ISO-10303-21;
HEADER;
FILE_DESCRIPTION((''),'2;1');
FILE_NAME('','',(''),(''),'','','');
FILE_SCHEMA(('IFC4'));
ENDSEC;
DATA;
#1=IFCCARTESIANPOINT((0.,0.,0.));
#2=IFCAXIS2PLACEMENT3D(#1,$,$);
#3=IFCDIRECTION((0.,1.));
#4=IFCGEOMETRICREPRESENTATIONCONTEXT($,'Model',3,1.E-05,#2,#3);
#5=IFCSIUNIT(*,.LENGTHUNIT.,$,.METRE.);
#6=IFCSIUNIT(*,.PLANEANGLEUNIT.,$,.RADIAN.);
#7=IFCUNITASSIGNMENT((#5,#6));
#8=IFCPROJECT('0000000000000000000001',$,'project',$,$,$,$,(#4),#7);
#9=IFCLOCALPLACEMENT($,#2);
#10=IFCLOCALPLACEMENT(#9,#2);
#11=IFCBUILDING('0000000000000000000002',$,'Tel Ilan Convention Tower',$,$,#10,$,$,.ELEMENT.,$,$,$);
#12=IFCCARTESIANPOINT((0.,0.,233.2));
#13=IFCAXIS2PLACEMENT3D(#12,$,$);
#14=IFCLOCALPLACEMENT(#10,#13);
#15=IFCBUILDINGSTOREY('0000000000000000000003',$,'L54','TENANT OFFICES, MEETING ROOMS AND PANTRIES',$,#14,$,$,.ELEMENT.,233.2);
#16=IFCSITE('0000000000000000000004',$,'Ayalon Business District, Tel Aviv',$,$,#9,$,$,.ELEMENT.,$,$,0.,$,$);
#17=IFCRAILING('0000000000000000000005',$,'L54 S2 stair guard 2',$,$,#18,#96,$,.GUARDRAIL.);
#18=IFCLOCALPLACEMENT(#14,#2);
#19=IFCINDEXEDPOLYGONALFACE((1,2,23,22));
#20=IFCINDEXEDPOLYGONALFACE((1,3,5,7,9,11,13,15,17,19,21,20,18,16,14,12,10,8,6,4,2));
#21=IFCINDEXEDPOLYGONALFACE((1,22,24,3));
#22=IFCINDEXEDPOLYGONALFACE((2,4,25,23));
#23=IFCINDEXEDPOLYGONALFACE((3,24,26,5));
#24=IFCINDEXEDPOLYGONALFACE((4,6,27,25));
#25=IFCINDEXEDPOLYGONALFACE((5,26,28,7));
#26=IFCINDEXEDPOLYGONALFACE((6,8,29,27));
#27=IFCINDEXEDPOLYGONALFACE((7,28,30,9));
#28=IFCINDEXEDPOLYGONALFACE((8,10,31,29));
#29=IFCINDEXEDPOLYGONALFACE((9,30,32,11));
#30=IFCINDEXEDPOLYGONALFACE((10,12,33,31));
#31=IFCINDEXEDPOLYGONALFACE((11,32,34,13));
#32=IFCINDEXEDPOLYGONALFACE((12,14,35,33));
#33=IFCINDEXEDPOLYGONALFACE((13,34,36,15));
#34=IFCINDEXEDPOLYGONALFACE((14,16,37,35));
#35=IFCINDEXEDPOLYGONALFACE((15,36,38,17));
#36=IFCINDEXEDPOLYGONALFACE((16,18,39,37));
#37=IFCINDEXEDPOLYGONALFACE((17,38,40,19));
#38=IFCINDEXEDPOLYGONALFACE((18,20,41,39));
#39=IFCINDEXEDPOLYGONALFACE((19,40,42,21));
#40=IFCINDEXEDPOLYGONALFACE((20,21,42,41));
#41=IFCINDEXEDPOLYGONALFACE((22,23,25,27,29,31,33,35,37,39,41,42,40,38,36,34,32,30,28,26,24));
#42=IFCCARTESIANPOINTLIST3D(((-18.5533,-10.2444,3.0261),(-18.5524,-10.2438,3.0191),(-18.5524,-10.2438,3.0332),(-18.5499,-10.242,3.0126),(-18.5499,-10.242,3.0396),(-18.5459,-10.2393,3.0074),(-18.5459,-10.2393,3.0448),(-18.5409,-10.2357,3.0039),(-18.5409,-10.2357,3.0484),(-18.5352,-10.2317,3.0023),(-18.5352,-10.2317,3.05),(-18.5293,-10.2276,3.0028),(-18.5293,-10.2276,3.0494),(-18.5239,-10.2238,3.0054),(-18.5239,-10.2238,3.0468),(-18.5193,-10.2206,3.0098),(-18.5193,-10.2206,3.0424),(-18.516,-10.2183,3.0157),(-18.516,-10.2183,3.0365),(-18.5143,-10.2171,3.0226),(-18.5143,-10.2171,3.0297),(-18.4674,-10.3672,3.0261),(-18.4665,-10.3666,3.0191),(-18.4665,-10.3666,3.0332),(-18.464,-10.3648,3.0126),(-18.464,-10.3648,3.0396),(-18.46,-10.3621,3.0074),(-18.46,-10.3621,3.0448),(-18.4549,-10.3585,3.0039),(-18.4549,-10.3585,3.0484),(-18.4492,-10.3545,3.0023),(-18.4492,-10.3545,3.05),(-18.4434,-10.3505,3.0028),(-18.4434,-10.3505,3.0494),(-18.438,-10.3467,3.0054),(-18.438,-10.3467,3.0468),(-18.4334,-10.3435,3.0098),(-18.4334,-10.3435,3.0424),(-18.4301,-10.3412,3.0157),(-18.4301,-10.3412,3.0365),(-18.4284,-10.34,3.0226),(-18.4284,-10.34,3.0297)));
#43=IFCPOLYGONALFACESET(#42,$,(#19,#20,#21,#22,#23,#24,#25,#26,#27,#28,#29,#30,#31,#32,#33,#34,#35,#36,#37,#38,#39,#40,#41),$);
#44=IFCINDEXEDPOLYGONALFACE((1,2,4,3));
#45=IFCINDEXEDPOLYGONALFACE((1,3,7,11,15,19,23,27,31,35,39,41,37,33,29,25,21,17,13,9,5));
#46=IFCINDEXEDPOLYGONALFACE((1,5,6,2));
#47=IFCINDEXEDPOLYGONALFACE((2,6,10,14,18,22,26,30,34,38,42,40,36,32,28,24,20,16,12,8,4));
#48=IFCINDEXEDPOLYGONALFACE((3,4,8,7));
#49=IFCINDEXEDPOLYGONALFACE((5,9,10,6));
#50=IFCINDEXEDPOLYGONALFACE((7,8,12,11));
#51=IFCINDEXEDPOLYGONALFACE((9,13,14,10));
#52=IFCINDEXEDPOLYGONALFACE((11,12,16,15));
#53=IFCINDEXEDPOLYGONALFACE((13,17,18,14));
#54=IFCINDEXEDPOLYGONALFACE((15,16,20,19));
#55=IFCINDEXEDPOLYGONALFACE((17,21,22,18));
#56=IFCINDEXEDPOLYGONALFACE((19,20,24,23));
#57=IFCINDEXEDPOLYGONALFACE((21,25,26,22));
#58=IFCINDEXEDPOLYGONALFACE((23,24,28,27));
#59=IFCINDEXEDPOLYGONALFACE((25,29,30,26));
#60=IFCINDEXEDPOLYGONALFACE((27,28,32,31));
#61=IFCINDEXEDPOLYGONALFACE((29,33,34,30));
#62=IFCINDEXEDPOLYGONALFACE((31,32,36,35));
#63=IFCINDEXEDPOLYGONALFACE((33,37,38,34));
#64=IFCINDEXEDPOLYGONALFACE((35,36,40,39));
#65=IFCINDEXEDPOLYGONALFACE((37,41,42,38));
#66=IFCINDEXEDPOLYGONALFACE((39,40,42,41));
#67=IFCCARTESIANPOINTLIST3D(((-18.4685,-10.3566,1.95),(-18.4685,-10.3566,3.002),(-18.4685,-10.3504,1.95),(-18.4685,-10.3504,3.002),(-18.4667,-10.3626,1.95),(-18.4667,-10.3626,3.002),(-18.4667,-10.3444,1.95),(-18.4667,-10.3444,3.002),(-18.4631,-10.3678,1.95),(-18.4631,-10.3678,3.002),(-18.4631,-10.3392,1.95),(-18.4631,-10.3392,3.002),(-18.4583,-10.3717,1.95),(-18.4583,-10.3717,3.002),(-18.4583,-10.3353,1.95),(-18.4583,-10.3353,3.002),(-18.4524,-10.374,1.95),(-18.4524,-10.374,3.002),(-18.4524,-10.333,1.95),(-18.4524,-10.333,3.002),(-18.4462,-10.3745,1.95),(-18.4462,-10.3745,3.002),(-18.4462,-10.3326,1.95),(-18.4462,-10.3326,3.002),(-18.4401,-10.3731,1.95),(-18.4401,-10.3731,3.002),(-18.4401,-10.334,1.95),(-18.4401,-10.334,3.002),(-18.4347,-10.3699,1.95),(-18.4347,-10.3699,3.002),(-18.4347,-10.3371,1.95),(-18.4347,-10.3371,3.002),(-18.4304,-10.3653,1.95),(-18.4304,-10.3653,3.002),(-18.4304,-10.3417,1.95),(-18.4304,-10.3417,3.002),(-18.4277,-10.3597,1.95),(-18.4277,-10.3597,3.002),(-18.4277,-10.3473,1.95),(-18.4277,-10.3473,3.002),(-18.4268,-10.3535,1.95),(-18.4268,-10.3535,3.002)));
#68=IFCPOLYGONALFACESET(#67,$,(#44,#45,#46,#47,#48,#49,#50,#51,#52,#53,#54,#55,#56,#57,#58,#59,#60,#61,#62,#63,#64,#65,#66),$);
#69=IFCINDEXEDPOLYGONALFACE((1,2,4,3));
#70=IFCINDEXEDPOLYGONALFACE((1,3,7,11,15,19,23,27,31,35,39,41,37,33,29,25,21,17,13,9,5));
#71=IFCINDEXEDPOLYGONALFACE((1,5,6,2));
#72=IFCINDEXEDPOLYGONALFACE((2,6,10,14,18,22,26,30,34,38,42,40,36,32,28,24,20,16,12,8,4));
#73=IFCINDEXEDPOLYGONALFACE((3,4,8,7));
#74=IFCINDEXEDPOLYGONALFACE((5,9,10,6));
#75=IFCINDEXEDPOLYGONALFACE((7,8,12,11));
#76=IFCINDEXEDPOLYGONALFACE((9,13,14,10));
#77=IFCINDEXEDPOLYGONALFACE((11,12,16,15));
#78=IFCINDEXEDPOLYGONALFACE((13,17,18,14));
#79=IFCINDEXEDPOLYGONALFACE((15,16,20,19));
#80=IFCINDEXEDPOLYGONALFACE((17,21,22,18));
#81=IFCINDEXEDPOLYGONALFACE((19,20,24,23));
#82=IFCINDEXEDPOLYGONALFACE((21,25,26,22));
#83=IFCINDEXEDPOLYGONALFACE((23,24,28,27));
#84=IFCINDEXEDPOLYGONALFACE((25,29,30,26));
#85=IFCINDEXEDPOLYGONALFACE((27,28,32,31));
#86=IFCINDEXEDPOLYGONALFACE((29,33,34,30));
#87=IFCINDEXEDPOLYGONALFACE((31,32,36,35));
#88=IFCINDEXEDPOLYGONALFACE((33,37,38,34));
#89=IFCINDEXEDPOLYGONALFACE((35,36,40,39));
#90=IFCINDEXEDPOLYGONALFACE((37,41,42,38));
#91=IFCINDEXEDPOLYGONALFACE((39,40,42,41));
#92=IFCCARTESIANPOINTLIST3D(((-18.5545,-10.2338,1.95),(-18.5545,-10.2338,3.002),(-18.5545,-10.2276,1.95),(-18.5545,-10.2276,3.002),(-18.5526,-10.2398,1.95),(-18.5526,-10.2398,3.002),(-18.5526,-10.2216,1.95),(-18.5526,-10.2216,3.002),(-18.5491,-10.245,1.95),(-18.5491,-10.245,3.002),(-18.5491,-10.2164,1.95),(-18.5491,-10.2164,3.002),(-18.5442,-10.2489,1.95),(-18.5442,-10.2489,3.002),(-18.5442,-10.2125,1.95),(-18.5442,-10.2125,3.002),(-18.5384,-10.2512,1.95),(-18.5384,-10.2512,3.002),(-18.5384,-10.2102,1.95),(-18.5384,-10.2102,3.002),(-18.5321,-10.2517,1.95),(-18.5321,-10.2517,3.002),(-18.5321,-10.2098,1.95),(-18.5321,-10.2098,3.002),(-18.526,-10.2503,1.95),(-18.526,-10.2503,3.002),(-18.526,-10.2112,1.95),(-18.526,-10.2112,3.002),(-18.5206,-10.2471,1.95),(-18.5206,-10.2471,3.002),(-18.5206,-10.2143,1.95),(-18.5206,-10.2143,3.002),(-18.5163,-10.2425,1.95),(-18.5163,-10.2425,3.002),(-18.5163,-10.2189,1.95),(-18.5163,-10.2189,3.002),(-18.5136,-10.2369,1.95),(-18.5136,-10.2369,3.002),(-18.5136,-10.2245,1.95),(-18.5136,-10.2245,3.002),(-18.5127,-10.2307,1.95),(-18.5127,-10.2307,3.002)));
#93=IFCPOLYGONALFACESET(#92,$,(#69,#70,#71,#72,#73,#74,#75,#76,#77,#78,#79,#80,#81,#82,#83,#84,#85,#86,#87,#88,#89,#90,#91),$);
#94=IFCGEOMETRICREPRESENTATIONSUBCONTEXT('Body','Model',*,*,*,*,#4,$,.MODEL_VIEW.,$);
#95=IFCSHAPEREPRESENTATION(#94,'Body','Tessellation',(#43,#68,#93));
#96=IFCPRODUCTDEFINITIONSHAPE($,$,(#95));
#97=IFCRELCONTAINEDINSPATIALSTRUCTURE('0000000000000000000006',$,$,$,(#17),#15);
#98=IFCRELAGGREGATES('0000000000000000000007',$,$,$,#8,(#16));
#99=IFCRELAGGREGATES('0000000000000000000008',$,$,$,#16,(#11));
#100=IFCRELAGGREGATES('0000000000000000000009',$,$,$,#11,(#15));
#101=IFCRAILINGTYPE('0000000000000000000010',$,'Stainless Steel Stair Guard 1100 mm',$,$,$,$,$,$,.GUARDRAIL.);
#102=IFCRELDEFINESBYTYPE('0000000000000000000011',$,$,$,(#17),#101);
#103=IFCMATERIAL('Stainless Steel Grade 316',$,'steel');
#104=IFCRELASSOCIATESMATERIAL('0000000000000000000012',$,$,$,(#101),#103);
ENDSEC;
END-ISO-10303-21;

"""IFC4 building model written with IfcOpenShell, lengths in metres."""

from ifc_helpers import new_model, si_unit, direction, frame, origin, origin_2d, place, context, subcontext, project, spatial, circle, extrude, material, type_object, element, save


model = new_model("IFC4")

# Units and contexts
model_context = context("Model", 3, precision=1e-05, world=origin(), true_north=direction((0.0, 1.0)))
body_context = subcontext(model_context, "Body", "Model", "MODEL_VIEW")
ifc_project = project(units=[si_unit("LENGTHUNIT", "METRE"), si_unit("PLANEANGLEUNIT", "RADIAN")], contexts=[model_context])

# Site, building, storey
site_placement = place(None, origin())
site = spatial("IfcSite", under=ifc_project, at=site_placement, Name="Ayalon Business District, Tel Aviv", CompositionType="ELEMENT", RefElevation=0.0)
building_placement = place(site_placement, origin())
building = spatial("IfcBuilding", under=site, at=building_placement, Name="Tel Ilan Convention Tower", CompositionType="ELEMENT")
storey_placement = place(building_placement, frame((0.0, 0.0, 233.2)))
storey = spatial("IfcBuildingStorey", under=building, at=storey_placement, Name="L54", Description="TENANT OFFICES, MEETING ROOMS AND PANTRIES", CompositionType="ELEMENT", Elevation=233.2)

# Railing
ifc_material_1 = material(Name="Stainless Steel Grade 316", Category="steel")
railing_type_1 = type_object("IfcRailingType", Name="Stainless Steel Stair Guard 1100 mm", PredefinedType="GUARDRAIL", material=ifc_material_1)
railing_1_placement = place(storey_placement, frame((-18.4478, -10.3535, 1.95)))
element("IfcRailing", 1, at=railing_1_placement, inside=storey, type_object=railing_type_1, Name="L54 S2 stair guard 2", PredefinedType="GUARDRAIL", context=body_context, shape_type="SweptSolid", body=[
    extrude(circle(Radius=0.0239, at=origin_2d()), frame((0.0, 0.0, 1.0762), z_axis=(-0.573353, 0.819308, 0.0), x_axis=(-0.819308, -0.573353, 0.0)), (0.0, 0.0, 1.0), 0.1499),
    extrude(circle(Radius=0.021, at=origin_2d()), origin(), (0.0, 0.0, 1.0), 1.052),
    extrude(circle(Radius=0.021, at=origin_2d()), frame((-0.0859, 0.1228, 0.0)), (0.0, 0.0, 1.0), 1.052),
])

save(model, "model.ifc")
